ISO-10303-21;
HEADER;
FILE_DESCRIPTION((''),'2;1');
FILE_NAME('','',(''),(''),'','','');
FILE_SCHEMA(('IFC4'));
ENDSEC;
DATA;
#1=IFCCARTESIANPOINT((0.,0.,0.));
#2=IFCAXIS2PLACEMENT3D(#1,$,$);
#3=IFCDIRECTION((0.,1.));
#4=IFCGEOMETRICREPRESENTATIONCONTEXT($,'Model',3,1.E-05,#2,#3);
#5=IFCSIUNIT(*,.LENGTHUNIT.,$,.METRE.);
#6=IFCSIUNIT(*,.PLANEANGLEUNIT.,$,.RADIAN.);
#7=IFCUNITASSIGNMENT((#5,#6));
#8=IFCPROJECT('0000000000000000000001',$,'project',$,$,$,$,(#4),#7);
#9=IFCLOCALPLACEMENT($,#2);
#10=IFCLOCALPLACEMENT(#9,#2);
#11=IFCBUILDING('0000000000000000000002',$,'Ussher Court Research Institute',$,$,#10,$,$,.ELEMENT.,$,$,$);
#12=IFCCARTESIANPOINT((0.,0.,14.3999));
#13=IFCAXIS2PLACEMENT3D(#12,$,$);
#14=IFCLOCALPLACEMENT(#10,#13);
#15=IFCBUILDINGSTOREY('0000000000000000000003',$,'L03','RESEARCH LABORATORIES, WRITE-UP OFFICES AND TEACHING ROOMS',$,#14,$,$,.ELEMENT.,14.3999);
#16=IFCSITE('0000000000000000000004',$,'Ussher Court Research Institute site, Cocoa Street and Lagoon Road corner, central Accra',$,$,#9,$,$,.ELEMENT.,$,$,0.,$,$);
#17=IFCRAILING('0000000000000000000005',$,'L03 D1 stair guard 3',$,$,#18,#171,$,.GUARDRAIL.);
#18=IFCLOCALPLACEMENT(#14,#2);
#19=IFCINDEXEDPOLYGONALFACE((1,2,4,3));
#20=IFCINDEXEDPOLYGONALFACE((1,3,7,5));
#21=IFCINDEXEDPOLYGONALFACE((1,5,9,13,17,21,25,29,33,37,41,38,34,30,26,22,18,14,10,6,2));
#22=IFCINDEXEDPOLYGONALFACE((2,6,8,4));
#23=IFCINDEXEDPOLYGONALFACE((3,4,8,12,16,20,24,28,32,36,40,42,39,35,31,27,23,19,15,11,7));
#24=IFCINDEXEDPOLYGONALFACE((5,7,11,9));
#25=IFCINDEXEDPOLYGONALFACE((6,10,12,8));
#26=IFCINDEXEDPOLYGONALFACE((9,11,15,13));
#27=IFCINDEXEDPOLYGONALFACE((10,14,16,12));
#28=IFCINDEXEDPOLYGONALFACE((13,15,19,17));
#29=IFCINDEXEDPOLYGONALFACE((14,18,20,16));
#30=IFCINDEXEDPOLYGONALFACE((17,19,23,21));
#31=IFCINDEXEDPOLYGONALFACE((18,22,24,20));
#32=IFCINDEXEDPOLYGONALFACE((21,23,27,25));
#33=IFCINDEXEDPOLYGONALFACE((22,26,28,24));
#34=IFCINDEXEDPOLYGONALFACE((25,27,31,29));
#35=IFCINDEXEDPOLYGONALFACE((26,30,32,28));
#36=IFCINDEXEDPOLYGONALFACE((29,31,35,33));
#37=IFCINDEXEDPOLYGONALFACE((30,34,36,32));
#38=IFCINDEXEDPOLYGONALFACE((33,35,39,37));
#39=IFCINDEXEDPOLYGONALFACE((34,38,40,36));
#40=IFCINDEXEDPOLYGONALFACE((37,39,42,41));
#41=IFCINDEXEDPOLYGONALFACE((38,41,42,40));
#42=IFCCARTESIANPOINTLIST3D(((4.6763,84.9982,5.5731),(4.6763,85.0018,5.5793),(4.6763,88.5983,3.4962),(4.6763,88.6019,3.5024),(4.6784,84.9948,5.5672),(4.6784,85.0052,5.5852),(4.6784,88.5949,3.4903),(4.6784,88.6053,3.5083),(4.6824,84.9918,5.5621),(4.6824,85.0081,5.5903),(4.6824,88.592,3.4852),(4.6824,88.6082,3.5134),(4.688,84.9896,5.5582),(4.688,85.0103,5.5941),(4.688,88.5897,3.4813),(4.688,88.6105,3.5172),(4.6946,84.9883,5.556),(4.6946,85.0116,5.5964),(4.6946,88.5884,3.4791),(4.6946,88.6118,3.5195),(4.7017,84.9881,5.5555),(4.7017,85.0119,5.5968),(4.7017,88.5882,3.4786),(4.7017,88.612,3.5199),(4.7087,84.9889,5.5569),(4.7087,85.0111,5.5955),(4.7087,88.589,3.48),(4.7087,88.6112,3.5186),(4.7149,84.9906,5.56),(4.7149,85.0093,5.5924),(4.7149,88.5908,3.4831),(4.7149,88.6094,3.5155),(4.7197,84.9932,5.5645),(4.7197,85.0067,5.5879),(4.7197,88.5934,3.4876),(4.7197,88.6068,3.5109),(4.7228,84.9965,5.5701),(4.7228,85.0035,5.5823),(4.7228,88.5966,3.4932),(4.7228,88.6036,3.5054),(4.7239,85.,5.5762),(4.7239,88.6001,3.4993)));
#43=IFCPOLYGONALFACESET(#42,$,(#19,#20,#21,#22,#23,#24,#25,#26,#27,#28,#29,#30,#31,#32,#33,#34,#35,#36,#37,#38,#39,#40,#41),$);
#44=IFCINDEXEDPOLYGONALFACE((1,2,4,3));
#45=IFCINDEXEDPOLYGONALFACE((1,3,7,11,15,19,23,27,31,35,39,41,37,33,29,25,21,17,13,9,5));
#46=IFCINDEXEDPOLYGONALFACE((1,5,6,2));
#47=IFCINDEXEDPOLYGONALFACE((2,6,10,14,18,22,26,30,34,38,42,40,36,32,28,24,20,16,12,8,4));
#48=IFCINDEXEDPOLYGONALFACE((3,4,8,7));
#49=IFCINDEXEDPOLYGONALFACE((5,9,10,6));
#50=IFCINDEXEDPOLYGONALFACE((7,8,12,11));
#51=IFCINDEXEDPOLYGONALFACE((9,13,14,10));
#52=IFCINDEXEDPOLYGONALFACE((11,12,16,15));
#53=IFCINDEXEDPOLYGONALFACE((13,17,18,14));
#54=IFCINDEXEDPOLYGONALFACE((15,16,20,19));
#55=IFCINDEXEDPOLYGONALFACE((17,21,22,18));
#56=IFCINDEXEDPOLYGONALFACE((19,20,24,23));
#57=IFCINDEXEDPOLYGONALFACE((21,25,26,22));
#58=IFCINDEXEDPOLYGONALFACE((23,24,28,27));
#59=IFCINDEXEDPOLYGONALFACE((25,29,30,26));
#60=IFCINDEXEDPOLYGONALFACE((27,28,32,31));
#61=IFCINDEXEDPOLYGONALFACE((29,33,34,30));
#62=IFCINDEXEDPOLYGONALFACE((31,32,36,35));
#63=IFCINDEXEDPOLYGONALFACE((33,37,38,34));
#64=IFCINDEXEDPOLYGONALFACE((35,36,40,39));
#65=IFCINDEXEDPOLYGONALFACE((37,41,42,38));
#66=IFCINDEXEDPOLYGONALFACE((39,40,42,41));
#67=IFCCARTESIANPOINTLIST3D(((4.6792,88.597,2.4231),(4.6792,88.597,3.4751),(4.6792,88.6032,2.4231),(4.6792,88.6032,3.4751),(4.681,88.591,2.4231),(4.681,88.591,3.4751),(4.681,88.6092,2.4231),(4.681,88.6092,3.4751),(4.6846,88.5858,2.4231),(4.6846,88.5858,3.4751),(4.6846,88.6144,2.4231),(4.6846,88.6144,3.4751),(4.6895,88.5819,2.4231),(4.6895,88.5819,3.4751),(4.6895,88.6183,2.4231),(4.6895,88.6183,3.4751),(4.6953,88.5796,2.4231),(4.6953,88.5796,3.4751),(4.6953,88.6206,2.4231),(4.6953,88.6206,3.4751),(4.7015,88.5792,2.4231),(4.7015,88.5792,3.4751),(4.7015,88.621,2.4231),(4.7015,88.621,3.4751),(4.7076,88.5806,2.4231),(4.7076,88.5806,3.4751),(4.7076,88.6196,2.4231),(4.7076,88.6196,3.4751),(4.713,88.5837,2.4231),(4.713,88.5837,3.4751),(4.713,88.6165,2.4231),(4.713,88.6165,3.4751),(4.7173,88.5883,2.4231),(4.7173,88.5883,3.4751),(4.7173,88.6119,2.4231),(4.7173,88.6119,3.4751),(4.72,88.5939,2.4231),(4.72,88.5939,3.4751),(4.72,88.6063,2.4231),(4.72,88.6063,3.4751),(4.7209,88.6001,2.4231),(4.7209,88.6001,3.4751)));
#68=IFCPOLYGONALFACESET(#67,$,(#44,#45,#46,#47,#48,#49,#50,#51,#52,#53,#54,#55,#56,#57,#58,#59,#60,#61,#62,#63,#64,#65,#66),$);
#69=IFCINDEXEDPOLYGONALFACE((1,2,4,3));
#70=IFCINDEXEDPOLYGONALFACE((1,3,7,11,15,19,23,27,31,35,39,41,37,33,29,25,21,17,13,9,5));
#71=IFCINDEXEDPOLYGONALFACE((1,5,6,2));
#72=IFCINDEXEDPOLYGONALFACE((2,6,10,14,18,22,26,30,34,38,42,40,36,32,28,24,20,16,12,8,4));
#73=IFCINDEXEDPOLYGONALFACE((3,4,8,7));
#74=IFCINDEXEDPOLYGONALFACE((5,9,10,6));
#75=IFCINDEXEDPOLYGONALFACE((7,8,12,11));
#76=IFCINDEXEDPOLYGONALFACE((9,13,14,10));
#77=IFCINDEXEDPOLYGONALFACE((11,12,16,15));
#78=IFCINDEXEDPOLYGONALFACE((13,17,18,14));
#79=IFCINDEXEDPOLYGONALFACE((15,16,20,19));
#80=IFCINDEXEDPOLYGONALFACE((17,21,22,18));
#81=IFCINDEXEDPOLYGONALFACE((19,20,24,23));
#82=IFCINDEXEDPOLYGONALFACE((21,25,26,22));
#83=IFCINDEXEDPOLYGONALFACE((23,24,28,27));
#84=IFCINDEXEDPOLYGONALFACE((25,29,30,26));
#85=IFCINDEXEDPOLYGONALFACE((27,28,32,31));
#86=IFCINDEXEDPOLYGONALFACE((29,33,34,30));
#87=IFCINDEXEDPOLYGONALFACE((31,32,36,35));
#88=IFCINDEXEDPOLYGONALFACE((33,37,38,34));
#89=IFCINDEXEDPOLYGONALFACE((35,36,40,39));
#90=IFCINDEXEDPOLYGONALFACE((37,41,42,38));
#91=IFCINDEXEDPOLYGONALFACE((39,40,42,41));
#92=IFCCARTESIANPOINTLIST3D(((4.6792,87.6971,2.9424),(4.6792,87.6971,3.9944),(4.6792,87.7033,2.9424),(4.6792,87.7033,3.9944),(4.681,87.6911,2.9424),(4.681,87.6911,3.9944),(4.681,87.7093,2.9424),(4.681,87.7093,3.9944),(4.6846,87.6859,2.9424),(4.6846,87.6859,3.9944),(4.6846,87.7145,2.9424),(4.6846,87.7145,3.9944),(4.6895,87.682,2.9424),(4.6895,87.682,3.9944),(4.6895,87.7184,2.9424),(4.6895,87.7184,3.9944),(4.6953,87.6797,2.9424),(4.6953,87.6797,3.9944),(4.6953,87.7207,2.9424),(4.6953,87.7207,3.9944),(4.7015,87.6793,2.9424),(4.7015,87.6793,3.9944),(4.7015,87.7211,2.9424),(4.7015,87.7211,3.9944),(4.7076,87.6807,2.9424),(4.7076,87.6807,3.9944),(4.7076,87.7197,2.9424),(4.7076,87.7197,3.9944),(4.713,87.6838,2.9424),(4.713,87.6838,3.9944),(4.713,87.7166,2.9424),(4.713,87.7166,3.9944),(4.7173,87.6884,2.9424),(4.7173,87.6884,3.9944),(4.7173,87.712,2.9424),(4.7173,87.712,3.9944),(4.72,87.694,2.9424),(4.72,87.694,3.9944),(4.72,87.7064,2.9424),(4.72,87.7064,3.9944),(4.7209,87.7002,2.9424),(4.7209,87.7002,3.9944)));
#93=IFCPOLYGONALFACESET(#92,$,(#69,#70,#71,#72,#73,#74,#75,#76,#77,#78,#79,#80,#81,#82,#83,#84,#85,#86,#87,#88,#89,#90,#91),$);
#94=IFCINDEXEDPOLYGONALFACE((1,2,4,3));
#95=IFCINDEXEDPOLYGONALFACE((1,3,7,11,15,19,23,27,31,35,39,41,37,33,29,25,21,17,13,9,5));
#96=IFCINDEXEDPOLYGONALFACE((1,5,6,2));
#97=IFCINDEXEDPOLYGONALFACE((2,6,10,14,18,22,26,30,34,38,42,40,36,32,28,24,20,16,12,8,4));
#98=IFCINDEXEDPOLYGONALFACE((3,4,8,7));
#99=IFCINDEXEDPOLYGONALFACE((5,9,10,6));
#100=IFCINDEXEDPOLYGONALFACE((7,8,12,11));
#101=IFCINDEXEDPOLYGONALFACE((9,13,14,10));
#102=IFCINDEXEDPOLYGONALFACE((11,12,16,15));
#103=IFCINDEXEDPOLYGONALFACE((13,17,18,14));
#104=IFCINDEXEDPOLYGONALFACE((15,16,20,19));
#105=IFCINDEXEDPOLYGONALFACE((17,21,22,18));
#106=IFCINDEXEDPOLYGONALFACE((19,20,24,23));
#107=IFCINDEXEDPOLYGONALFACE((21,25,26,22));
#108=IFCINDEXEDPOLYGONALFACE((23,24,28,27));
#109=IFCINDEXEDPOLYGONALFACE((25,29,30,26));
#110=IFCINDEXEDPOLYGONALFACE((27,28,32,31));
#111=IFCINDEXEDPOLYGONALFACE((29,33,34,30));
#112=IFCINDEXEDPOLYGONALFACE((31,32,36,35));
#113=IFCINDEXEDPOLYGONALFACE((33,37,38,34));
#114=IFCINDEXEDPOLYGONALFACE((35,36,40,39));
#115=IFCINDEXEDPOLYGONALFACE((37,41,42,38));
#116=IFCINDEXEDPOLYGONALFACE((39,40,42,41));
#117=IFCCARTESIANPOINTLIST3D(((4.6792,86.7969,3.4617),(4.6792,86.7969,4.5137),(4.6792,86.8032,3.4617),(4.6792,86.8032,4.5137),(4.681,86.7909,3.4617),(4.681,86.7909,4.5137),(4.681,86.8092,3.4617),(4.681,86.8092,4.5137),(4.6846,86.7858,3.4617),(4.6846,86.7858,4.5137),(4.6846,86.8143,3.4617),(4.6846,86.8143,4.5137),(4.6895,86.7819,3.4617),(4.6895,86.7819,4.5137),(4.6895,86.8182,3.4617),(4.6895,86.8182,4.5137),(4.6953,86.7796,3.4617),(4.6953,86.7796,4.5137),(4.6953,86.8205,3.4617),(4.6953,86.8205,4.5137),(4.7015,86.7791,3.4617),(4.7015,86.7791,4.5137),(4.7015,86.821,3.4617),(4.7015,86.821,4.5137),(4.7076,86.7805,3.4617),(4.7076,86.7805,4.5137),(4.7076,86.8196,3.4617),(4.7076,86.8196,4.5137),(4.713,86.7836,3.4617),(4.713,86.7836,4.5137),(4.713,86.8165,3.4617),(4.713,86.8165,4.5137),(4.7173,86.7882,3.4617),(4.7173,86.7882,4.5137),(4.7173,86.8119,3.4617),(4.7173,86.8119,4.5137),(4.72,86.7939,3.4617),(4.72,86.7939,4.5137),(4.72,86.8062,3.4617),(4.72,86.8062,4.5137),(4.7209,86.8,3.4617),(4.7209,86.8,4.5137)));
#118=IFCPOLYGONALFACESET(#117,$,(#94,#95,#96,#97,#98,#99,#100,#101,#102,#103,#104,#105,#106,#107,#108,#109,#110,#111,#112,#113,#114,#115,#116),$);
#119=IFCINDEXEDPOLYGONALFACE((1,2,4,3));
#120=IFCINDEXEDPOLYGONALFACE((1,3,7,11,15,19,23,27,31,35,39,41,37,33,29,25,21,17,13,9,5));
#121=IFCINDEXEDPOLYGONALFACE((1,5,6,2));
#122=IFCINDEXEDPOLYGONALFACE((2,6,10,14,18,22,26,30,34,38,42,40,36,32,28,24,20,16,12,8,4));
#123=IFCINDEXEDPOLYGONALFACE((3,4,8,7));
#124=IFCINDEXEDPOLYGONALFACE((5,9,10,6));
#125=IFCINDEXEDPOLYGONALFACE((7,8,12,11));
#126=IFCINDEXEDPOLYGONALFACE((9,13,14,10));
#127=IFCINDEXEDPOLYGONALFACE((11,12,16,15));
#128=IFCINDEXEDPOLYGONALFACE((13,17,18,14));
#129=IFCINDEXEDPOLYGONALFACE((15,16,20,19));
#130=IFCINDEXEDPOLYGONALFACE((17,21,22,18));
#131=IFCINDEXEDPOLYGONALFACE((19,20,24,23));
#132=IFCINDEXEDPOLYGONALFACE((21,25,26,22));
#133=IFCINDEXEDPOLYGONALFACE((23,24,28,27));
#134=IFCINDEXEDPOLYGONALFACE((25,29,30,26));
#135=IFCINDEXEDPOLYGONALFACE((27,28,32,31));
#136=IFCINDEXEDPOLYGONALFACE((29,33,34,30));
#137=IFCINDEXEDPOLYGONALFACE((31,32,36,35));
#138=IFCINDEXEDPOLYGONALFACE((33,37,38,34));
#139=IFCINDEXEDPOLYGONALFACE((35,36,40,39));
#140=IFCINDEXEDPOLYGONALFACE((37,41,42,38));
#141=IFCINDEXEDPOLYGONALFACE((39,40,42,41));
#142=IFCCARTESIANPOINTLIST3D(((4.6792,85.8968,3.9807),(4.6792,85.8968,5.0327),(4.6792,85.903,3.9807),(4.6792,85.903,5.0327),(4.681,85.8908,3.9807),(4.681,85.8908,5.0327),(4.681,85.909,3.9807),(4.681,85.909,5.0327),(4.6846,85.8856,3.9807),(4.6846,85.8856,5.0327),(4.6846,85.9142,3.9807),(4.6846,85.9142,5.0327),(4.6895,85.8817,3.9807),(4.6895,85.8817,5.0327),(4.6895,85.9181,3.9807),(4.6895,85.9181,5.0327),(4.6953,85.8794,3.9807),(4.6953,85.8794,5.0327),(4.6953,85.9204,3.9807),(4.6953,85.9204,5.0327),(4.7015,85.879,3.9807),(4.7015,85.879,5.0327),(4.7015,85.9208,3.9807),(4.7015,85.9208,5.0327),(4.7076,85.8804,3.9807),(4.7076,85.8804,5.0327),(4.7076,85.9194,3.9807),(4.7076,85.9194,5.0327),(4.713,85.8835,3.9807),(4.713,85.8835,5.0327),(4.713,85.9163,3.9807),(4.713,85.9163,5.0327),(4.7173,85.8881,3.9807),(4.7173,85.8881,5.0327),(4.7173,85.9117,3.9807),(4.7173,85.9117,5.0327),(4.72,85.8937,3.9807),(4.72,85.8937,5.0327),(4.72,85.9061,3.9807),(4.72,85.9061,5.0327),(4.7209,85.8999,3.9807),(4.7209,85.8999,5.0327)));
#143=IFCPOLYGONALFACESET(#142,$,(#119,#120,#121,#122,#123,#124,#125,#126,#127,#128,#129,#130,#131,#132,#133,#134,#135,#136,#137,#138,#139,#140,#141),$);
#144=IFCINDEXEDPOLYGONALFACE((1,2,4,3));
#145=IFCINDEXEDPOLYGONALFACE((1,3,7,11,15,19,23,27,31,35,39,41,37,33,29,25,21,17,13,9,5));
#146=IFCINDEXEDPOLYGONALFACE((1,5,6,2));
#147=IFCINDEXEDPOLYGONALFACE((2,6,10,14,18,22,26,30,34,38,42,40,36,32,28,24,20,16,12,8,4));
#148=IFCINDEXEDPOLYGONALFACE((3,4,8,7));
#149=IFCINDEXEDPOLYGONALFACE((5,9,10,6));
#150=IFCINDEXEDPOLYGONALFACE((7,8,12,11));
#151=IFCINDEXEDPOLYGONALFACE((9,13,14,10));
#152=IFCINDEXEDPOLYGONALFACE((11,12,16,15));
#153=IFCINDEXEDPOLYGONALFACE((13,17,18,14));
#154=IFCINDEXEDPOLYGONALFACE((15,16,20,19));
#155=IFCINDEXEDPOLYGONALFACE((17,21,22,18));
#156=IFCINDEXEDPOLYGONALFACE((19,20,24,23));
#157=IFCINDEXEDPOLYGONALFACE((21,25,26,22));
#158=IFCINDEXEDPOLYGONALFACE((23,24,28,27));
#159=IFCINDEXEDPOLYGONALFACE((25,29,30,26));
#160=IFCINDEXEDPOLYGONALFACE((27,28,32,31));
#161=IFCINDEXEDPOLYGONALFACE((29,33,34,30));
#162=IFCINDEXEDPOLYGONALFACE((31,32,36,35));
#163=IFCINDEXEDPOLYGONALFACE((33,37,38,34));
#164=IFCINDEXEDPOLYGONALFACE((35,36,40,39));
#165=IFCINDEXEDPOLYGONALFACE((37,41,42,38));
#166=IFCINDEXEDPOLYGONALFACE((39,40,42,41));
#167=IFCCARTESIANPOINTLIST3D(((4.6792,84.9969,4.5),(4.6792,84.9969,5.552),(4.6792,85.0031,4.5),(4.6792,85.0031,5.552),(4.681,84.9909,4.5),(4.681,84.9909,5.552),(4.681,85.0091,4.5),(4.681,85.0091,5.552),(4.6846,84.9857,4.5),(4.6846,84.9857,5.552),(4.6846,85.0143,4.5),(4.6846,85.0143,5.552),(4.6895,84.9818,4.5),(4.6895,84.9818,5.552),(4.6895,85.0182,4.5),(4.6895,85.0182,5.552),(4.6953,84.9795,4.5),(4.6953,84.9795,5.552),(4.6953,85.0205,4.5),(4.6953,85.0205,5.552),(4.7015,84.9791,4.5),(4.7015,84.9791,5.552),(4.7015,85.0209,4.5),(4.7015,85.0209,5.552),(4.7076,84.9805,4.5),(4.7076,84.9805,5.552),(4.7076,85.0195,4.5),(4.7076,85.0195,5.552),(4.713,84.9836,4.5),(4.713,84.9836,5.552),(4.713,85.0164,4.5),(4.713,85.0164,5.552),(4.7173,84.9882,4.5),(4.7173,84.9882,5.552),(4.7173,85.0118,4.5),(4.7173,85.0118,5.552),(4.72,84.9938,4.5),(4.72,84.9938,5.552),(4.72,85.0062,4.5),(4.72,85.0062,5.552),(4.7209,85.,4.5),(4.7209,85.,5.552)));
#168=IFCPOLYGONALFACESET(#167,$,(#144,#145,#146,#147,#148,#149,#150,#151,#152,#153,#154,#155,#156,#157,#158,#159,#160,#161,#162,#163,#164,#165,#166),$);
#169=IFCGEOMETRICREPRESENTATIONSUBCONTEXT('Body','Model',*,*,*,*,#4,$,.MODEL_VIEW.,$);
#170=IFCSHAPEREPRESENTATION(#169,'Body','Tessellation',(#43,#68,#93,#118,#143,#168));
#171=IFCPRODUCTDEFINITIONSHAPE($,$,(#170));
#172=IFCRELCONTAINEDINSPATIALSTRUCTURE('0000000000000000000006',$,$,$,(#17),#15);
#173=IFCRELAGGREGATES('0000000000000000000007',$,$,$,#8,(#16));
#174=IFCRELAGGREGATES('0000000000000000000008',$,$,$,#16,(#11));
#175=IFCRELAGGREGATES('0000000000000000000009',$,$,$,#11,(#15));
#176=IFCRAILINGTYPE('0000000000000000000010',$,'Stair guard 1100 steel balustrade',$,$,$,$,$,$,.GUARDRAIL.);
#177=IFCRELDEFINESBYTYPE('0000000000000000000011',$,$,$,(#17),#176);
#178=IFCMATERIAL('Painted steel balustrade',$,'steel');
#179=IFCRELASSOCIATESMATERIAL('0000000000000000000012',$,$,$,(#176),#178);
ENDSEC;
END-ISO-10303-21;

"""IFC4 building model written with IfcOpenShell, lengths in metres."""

from ifc_helpers import new_model, si_unit, direction, frame, origin, origin_2d, place, context, subcontext, project, spatial, circle, extrude, material, type_object, element, save


model = new_model("IFC4")

# Units and contexts
model_context = context("Model", 3, precision=1e-05, world=origin(), true_north=direction((0.0, 1.0)))
body_context = subcontext(model_context, "Body", "Model", "MODEL_VIEW")
ifc_project = project(units=[si_unit("LENGTHUNIT", "METRE"), si_unit("PLANEANGLEUNIT", "RADIAN")], contexts=[model_context])

# Site, building, storey
site_placement = place(None, origin())
site = spatial("IfcSite", under=ifc_project, at=site_placement, Name="Ussher Court Research Institute site, Cocoa Street and Lagoon Road corner, central Accra", CompositionType="ELEMENT", RefElevation=0.0)
building_placement = place(site_placement, origin())
building = spatial("IfcBuilding", under=site, at=building_placement, Name="Ussher Court Research Institute", CompositionType="ELEMENT")
storey_placement = place(building_placement, frame((0.0, 0.0, 14.3999)))
storey = spatial("IfcBuildingStorey", under=building, at=storey_placement, Name="L03", Description="RESEARCH LABORATORIES, WRITE-UP OFFICES AND TEACHING ROOMS", CompositionType="ELEMENT", Elevation=14.3999)

# Railing
ifc_material_1 = material(Name="Painted steel balustrade", Category="steel")
railing_type_1 = type_object("IfcRailingType", Name="Stair guard 1100 steel balustrade", PredefinedType="GUARDRAIL", material=ifc_material_1)
railing_1_placement = place(storey_placement, frame((4.7, 88.6001, 2.4231)))
element("IfcRailing", 1, at=railing_1_placement, inside=storey, type_object=railing_type_1, Name="L03 D1 stair guard 3", PredefinedType="GUARDRAIL", context=body_context, shape_type="SweptSolid", body=[
    extrude(circle(Radius=0.0239, at=origin_2d()), frame((0.0, 0.0, 1.0762), z_axis=(0.0, -0.866193, 0.499709), x_axis=(1.0, 0.0, 0.0)), (0.0, 0.0, 1.0), 4.1562),
    extrude(circle(Radius=0.021, at=origin_2d()), origin(), (0.0, 0.0, 1.0), 1.052),
    extrude(circle(Radius=0.021, at=origin_2d()), frame((0.0, -0.8999, 0.5193)), (0.0, 0.0, 1.0), 1.052),
    extrude(circle(Radius=0.021, at=origin_2d()), frame((0.0, -1.8, 1.0386)), (0.0, 0.0, 1.0), 1.052),
    extrude(circle(Radius=0.021, at=origin_2d()), frame((0.0, -2.7002, 1.5576)), (0.0, 0.0, 1.0), 1.052),
    extrude(circle(Radius=0.021, at=origin_2d()), frame((0.0, -3.6001, 2.0769)), (0.0, 0.0, 1.0), 1.052),
])

save(model, "model.ifc")
